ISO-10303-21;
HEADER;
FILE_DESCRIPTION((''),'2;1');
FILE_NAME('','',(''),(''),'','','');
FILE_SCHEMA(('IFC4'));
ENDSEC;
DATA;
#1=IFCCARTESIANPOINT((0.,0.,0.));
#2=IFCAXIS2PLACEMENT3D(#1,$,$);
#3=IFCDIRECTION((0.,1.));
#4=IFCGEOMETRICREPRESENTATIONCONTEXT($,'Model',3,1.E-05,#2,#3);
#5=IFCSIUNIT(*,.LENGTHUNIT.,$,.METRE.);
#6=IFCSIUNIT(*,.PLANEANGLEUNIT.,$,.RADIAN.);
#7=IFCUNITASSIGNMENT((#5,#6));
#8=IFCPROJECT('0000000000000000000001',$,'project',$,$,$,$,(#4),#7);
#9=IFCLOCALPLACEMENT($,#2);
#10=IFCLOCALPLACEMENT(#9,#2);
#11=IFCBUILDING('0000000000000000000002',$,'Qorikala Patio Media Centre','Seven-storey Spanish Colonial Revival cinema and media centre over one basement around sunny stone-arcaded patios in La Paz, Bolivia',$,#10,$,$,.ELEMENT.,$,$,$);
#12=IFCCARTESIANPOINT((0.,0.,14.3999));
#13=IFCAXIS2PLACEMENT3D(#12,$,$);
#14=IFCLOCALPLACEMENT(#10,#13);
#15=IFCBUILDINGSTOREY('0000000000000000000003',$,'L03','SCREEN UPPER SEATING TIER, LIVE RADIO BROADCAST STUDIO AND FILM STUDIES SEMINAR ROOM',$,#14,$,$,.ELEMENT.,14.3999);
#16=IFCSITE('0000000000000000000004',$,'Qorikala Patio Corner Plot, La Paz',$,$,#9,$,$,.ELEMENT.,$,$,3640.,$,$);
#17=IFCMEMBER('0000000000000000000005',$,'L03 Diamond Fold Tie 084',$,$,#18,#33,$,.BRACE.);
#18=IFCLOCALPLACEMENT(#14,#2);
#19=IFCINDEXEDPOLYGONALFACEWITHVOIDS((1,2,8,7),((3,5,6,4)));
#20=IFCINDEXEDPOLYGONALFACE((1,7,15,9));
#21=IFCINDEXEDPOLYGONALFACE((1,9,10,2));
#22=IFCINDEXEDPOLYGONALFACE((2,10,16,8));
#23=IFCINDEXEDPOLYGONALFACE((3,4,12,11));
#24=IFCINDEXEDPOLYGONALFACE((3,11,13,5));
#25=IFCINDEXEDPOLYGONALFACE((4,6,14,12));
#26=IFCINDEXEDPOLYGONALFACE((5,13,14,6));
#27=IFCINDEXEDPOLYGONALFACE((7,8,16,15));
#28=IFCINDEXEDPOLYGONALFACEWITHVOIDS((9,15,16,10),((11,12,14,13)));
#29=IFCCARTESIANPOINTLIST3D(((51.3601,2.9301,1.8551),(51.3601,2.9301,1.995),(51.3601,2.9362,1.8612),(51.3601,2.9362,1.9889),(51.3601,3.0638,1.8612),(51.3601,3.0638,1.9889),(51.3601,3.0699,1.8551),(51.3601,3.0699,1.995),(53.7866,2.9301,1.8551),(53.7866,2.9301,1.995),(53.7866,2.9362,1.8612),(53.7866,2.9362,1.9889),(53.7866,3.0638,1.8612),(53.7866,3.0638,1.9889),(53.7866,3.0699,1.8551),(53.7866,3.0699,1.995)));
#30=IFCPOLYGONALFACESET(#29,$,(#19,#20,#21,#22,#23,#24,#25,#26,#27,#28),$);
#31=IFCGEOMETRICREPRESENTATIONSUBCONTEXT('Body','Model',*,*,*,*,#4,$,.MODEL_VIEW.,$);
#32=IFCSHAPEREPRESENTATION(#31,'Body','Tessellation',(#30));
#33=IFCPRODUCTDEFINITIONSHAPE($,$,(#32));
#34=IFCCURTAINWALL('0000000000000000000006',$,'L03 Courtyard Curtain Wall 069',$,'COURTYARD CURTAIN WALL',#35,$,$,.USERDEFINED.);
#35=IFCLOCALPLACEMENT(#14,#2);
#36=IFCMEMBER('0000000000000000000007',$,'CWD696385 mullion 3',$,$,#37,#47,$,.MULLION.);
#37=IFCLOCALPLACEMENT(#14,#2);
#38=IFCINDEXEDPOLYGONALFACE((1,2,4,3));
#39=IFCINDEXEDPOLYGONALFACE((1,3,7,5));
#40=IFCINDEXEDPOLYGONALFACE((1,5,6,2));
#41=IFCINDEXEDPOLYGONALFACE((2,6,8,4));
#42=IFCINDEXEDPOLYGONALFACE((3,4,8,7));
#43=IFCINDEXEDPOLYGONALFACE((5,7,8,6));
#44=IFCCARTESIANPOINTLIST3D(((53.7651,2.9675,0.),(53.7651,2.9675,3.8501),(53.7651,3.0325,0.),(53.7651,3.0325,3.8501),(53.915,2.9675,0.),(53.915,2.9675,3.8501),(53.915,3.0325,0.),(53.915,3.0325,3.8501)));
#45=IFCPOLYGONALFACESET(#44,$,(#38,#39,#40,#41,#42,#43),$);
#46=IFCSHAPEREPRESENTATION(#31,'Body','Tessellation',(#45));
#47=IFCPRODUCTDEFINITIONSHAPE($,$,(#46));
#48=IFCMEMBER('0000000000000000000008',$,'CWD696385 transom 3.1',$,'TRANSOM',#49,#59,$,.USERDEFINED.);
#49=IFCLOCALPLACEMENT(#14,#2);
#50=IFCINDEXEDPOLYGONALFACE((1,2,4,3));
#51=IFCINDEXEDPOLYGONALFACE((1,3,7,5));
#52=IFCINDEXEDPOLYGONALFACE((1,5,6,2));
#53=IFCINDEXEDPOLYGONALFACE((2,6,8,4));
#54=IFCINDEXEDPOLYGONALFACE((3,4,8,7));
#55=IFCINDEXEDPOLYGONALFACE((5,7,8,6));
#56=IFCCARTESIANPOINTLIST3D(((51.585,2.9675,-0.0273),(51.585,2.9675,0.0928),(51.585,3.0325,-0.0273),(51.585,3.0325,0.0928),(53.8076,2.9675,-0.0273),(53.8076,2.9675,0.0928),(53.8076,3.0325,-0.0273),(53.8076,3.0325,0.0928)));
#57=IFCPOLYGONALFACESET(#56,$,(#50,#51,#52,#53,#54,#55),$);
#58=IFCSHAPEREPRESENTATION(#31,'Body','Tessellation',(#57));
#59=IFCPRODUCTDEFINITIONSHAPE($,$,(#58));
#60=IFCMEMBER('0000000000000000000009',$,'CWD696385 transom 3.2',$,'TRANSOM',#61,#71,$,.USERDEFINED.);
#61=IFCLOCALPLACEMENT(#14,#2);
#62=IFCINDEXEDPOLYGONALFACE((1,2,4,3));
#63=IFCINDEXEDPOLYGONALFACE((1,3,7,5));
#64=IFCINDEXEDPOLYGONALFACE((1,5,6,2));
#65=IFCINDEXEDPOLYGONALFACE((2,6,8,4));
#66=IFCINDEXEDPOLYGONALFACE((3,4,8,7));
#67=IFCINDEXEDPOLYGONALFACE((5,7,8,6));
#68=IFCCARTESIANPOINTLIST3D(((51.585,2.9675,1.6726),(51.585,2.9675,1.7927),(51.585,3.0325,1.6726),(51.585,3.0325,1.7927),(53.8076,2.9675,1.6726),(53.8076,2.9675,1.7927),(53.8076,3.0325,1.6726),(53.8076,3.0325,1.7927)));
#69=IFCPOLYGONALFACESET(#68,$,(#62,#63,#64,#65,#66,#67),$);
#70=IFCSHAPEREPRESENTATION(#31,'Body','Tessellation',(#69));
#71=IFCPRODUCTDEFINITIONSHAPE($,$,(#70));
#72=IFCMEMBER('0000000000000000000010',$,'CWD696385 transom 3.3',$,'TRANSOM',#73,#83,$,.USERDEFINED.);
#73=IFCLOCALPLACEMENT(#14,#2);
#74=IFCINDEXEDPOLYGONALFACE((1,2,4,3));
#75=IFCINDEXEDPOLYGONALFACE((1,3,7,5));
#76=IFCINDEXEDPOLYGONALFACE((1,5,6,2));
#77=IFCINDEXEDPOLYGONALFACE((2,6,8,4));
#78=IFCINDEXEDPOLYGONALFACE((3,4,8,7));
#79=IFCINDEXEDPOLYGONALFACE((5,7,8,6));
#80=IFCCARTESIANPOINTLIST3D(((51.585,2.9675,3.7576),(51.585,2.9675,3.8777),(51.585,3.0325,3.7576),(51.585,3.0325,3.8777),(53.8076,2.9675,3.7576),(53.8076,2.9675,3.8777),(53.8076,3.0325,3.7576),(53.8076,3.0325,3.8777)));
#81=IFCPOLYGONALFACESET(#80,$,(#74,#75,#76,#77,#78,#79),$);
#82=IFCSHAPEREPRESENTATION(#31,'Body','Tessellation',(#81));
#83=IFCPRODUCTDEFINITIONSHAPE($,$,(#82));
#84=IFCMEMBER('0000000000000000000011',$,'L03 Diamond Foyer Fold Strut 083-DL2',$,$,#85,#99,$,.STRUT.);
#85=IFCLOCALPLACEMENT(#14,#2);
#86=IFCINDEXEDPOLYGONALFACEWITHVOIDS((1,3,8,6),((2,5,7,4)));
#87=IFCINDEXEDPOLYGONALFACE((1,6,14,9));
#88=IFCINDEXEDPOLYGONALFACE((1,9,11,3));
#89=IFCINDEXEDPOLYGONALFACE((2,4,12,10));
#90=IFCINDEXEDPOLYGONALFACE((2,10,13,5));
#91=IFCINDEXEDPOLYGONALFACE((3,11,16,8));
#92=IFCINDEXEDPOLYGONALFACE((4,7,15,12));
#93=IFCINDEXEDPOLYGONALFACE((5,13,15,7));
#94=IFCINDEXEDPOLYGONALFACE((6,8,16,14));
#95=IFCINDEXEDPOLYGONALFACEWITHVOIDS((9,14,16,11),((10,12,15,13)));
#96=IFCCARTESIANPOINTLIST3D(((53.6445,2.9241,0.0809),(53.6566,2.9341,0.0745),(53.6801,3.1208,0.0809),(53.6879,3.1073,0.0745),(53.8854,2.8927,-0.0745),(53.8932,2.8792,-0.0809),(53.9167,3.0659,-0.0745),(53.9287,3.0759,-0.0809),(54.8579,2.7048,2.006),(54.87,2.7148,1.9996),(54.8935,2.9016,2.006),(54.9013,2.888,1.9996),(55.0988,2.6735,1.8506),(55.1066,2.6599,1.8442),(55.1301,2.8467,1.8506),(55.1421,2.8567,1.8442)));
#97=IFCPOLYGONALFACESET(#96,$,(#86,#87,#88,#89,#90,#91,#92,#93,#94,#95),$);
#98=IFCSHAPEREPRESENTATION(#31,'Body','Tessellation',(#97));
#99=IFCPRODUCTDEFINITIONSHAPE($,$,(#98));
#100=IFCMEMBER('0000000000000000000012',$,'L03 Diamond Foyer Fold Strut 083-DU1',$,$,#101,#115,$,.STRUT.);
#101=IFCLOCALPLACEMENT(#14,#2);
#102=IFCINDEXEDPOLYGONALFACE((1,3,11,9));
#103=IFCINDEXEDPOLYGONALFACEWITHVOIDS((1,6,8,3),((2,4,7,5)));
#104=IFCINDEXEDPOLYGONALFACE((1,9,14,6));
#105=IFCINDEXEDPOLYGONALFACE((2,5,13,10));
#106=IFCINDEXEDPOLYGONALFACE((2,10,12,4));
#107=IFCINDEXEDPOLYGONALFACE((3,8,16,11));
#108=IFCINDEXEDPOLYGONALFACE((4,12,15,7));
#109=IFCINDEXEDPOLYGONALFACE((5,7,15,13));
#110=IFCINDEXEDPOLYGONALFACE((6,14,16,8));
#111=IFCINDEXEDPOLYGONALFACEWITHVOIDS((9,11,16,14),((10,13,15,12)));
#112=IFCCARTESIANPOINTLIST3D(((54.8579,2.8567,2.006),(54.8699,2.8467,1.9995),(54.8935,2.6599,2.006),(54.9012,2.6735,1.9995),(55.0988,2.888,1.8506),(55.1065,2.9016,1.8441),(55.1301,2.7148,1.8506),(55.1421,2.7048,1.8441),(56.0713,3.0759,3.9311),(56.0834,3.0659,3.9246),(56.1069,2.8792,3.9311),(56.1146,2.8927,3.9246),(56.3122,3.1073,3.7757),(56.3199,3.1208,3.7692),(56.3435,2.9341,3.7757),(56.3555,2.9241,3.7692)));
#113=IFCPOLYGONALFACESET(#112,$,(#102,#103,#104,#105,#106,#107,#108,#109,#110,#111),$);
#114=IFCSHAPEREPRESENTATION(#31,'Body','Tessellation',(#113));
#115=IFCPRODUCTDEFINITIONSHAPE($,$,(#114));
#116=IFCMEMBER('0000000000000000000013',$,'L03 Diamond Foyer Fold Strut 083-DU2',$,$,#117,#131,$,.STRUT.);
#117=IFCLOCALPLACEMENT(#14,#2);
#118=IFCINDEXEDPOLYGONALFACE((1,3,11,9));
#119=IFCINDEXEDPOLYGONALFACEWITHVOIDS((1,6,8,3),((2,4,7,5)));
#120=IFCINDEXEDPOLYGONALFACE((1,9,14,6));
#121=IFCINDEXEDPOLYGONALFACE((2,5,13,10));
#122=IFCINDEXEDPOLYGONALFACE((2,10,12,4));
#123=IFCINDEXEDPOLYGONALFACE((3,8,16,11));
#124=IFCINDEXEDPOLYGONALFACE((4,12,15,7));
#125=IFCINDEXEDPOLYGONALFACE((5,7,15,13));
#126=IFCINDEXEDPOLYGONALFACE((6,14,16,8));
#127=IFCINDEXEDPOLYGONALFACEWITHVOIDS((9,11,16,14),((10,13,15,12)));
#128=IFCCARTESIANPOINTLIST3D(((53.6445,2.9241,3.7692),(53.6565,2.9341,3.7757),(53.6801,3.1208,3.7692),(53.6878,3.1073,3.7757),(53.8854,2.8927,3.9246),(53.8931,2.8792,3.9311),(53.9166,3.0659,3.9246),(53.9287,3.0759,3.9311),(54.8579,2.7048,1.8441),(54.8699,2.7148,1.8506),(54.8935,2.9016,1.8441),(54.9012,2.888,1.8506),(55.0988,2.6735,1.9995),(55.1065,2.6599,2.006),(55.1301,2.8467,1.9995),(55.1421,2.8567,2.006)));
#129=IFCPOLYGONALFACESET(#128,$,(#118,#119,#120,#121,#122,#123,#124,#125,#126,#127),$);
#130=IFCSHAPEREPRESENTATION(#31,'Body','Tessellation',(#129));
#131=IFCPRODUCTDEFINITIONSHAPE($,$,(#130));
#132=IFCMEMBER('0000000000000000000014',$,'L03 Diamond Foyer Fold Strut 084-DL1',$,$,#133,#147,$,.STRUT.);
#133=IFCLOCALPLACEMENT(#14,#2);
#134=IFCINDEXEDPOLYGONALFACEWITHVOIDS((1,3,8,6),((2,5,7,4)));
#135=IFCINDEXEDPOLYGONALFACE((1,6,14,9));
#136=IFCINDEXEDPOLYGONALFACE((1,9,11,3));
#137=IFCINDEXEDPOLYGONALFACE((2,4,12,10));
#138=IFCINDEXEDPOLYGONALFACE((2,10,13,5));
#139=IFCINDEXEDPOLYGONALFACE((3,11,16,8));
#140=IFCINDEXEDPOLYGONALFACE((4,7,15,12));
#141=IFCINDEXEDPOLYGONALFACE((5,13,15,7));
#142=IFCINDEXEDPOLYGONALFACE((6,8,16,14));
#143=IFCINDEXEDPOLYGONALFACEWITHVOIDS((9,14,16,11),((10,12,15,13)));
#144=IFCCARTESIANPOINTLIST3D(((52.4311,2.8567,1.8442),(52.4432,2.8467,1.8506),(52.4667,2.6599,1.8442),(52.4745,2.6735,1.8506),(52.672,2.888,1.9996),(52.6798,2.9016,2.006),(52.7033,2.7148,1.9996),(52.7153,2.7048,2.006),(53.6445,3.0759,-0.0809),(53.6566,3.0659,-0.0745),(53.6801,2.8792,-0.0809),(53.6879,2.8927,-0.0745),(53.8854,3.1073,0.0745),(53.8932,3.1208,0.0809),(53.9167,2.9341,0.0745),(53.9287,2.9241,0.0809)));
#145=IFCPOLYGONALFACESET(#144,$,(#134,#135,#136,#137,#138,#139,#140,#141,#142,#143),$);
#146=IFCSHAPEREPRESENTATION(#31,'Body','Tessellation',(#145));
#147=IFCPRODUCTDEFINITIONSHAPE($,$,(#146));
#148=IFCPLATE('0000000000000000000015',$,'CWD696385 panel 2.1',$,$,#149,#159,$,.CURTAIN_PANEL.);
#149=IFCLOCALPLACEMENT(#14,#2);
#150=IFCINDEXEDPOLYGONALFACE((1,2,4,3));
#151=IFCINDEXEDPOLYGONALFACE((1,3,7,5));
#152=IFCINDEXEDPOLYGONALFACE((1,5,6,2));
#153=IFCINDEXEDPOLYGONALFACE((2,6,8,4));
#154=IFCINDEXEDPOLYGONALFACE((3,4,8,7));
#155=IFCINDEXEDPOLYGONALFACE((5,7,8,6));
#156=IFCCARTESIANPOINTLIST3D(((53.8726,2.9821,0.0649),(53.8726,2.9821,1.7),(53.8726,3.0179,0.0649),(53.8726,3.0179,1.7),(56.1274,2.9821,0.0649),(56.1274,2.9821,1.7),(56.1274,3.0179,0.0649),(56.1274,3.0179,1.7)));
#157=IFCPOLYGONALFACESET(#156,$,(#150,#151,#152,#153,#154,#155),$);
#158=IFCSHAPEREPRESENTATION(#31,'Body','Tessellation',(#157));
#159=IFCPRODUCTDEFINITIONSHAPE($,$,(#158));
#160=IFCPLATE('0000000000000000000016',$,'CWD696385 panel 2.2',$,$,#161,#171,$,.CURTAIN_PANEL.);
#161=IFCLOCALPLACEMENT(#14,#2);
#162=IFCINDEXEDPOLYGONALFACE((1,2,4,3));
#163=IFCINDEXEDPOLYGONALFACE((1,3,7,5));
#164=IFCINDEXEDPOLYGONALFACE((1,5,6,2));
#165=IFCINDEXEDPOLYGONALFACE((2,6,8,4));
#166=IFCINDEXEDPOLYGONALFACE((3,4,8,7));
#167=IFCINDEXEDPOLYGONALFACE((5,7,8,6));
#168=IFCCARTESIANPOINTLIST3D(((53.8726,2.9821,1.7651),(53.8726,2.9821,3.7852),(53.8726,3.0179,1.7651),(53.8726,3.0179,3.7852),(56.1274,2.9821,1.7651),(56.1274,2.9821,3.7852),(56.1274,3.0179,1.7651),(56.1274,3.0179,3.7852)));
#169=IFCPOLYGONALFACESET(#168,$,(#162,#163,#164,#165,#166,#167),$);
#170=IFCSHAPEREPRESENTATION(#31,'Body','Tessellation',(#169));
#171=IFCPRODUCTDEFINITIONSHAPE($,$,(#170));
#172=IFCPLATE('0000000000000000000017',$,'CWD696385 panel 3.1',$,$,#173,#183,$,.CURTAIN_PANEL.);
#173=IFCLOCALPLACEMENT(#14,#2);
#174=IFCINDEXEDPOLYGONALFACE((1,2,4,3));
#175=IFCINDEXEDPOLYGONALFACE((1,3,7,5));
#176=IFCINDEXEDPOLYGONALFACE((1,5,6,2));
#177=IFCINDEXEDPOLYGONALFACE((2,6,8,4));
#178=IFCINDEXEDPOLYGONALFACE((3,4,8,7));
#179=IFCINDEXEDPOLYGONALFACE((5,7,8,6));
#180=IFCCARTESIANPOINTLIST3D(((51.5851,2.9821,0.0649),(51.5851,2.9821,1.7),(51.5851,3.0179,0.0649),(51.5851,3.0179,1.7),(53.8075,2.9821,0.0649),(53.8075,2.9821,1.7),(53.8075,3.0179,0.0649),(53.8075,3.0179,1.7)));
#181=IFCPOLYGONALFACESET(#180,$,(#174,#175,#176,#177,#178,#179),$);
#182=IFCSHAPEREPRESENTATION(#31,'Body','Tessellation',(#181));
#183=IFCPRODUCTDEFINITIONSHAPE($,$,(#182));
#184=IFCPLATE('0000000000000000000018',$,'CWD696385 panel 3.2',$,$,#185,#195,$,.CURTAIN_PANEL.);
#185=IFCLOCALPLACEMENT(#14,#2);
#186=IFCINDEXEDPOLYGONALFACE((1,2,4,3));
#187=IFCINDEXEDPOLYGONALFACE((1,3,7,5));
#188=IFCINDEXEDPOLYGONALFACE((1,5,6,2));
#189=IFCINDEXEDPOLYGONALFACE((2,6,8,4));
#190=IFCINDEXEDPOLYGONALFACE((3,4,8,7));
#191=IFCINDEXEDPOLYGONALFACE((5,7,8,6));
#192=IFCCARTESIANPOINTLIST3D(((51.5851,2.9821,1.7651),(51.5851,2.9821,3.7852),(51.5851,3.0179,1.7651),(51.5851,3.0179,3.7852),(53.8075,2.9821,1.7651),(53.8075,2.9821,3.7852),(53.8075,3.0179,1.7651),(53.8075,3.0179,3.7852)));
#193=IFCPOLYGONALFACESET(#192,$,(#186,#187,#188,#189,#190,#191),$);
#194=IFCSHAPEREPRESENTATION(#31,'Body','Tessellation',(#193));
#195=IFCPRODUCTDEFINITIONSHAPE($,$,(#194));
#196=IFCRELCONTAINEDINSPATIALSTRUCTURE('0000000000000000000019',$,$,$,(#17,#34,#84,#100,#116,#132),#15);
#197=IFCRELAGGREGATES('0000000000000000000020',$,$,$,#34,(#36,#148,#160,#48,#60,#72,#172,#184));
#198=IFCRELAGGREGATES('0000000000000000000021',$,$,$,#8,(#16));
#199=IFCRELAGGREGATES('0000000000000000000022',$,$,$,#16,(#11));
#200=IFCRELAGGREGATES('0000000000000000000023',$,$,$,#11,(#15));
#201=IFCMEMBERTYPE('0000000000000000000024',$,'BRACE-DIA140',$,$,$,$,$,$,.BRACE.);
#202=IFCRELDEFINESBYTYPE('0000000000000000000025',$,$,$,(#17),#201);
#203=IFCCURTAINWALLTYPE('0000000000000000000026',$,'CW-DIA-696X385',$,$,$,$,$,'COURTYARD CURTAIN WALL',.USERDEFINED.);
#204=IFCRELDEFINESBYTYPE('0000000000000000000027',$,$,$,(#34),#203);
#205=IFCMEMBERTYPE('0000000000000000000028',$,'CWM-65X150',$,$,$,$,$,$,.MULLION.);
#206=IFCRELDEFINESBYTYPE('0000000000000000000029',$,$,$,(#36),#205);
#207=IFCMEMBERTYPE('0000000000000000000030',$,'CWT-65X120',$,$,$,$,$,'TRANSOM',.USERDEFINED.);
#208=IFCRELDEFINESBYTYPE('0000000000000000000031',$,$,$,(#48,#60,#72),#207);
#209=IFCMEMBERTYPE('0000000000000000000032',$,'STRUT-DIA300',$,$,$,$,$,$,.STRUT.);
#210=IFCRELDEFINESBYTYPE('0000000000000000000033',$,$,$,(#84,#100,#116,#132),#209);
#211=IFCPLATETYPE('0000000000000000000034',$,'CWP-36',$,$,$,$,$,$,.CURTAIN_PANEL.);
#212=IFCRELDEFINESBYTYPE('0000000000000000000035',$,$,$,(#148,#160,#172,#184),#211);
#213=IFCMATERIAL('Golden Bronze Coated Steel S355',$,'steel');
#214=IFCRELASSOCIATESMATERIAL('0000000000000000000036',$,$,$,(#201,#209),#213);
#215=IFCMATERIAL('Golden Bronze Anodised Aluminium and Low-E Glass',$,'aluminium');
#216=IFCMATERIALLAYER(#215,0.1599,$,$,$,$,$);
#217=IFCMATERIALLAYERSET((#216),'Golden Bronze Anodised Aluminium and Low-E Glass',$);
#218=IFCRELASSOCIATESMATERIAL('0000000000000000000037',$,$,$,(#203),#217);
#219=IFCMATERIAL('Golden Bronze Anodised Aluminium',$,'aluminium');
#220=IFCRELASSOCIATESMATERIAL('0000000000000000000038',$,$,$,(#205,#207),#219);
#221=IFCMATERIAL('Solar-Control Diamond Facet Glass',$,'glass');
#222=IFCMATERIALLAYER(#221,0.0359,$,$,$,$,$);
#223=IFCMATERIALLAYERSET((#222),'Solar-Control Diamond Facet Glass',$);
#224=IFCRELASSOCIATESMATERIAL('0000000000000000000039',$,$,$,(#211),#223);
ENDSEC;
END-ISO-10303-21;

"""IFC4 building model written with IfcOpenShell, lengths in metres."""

from ifc_helpers import new_model, si_unit, direction, frame, origin, origin_2d, place, context, subcontext, project, spatial, rectangle, hollow_rectangle, extrude, material, layer, layer_set, material_profile, profile_set, type_object, element, aggregate, save


model = new_model("IFC4")

# Units and contexts
model_context = context("Model", 3, precision=1e-05, world=origin(), true_north=direction((0.0, 1.0)))
body_context = subcontext(model_context, "Body", "Model", "MODEL_VIEW")
ifc_project = project(units=[si_unit("LENGTHUNIT", "METRE"), si_unit("PLANEANGLEUNIT", "RADIAN")], contexts=[model_context])

# Site, building, storey
site_placement = place(None, origin())
site = spatial("IfcSite", under=ifc_project, at=site_placement, Name="Qorikala Patio Corner Plot, La Paz", CompositionType="ELEMENT", RefElevation=3640.0)
building_placement = place(site_placement, origin())
building = spatial("IfcBuilding", under=site, at=building_placement, Name="Qorikala Patio Media Centre", Description="Seven-storey Spanish Colonial Revival cinema and media centre over one basement around sunny stone-arcaded patios in La Paz, Bolivia", CompositionType="ELEMENT")
storey_placement = place(building_placement, frame((0.0, 0.0, 14.3999)))
storey = spatial("IfcBuildingStorey", under=building, at=storey_placement, Name="L03", Description="SCREEN UPPER SEATING TIER, LIVE RADIO BROADCAST STUDIO AND FILM STUDIES SEMINAR ROOM", CompositionType="ELEMENT", Elevation=14.3999)

# Member
ifc_material_1 = material(Name="Golden Bronze Coated Steel S355", Category="steel")
ifc_material_profile_1 = material_profile(ifc_material_1, hollow_rectangle(XDim=0.1399, YDim=0.1399, WallThickness=0.0061, at=origin_2d()), Name="HSS140X140X6")
ifc_profile_set_1 = profile_set([ifc_material_profile_1], Name="Golden Bronze Coated Steel S355")
member_type_1 = type_object("IfcMemberType", Name="BRACE-DIA140", PredefinedType="BRACE", material=ifc_profile_set_1)
member_1_placement = place(storey_placement, frame((53.7866, 3.0, 1.925), z_axis=(-1.0, 0.0, 0.0), x_axis=(0.0, -1.0, 0.0)))
element("IfcMember", 1, at=member_1_placement, inside=storey, type_object=member_type_1, Name="L03 Diamond Fold Tie 084", PredefinedType="BRACE", context=body_context, shape_type="SweptSolid", body=[
    extrude(hollow_rectangle(XDim=0.1399, YDim=0.1399, WallThickness=0.0061, at=origin_2d()), origin(), (0.0, 0.0, 1.0), 2.4265),
])

# Curtain wall, members
ifc_material_2 = material(Name="Golden Bronze Anodised Aluminium and Low-E Glass", Category="aluminium")
ifc_layer_1 = layer(ifc_material_2, 0.1599)
ifc_layer_set_1 = layer_set([ifc_layer_1], Name="Golden Bronze Anodised Aluminium and Low-E Glass")
curtain_wall_type = type_object("IfcCurtainWallType", Name="CW-DIA-696X385", ElementType="COURTYARD CURTAIN WALL", PredefinedType="USERDEFINED", material=ifc_layer_set_1)
curtain_wall_placement = place(storey_placement, origin())
curtain_wall = element("IfcCurtainWall", 2, at=curtain_wall_placement, inside=storey, type_object=curtain_wall_type, Name="L03 Courtyard Curtain Wall 069", ObjectType="COURTYARD CURTAIN WALL", PredefinedType="USERDEFINED")
ifc_material_3 = material(Name="Golden Bronze Anodised Aluminium", Category="aluminium")
ifc_material_profile_2 = material_profile(ifc_material_3, rectangle(XDim=0.0649, YDim=0.1499, at=origin_2d()), Name="ALU MULLION 65x150")
ifc_profile_set_2 = profile_set([ifc_material_profile_2], Name="Golden Bronze Anodised Aluminium")
member_type_2 = type_object("IfcMemberType", Name="CWM-65X150", PredefinedType="MULLION", material=ifc_profile_set_2)
member_2_placement = place(storey_placement, frame((53.8401, 3.0, 0.0), z_axis=(0.0, 0.0, 1.0), x_axis=(0.0, -1.0, 0.0)))
member_2 = element("IfcMember", 3, at=member_2_placement, type_object=member_type_2, Name="CWD696385 mullion 3", PredefinedType="MULLION", context=body_context, shape_type="SweptSolid", body=[
    extrude(rectangle(XDim=0.0649, YDim=0.1499, at=origin_2d()), origin(), (0.0, 0.0, 1.0), 3.8501),
])
ifc_material_profile_3 = material_profile(ifc_material_3, rectangle(XDim=0.0649, YDim=0.1201, at=origin_2d()), Name="ALU TRANSOM 65x120")
ifc_profile_set_3 = profile_set([ifc_material_profile_3], Name="Golden Bronze Anodised Aluminium")
member_type_3 = type_object("IfcMemberType", Name="CWT-65X120", ElementType="TRANSOM", PredefinedType="USERDEFINED", material=ifc_profile_set_3)
member_3_placement = place(storey_placement, frame((53.8076, 3.0, 0.0327), z_axis=(-1.0, 0.0, 0.0), x_axis=(0.0, -1.0, 0.0)))
member_3 = element("IfcMember", 4, at=member_3_placement, type_object=member_type_3, Name="CWD696385 transom 3.1", ObjectType="TRANSOM", PredefinedType="USERDEFINED", context=body_context, shape_type="SweptSolid", body=[
    extrude(rectangle(XDim=0.0649, YDim=0.1201, at=origin_2d()), origin(), (0.0, 0.0, 1.0), 2.2227),
])
member_4_placement = place(storey_placement, frame((53.8076, 3.0, 1.7327), z_axis=(-1.0, 0.0, 0.0), x_axis=(0.0, -1.0, 0.0)))
member_4 = element("IfcMember", 5, at=member_4_placement, type_object=member_type_3, Name="CWD696385 transom 3.2", ObjectType="TRANSOM", PredefinedType="USERDEFINED", context=body_context, shape_type="SweptSolid", body=[
    extrude(rectangle(XDim=0.0649, YDim=0.1201, at=origin_2d()), origin(), (0.0, 0.0, 1.0), 2.2227),
])
member_5_placement = place(storey_placement, frame((53.8076, 3.0, 3.8176), z_axis=(-1.0, 0.0, 0.0), x_axis=(0.0, -1.0, 0.0)))
member_5 = element("IfcMember", 6, at=member_5_placement, type_object=member_type_3, Name="CWD696385 transom 3.3", ObjectType="TRANSOM", PredefinedType="USERDEFINED", context=body_context, shape_type="SweptSolid", body=[
    extrude(rectangle(XDim=0.0649, YDim=0.1201, at=origin_2d()), origin(), (0.0, 0.0, 1.0), 2.2227),
])

# Members
ifc_material_profile_4 = material_profile(ifc_material_1, hollow_rectangle(XDim=0.2, YDim=0.3, WallThickness=0.012, at=origin_2d()), Name="HSS300X200X12")
ifc_profile_set_4 = profile_set([ifc_material_profile_4], Name="Golden Bronze Coated Steel S355")
member_type_4 = type_object("IfcMemberType", Name="STRUT-DIA300", PredefinedType="STRUT", material=ifc_profile_set_4)
for number, where, z_axis, x_axis, name in (
    (7, (53.7866, 3.0, 0.0), (0.530768, -0.095901, 0.842074), (0.177805, 0.984066, 0.0), "L03 Diamond Foyer Fold Strut 083-DL2"),
    (8, (55.0, 2.7808, 1.925), (0.530768, 0.095901, 0.842074), (-0.177805, 0.984066, 0.0), "L03 Diamond Foyer Fold Strut 083-DU1"),
    (9, (55.0, 2.7808, 1.925), (-0.530768, 0.095901, 0.842074), (-0.177805, -0.984066, 0.0), "L03 Diamond Foyer Fold Strut 083-DU2"),
    (10, (53.7866, 3.0, 0.0), (-0.530768, -0.095901, 0.842074), (0.177805, -0.984066, 0.0), "L03 Diamond Foyer Fold Strut 084-DL1"),
):
    element("IfcMember", number, at=place(storey_placement, frame(where, z_axis=z_axis, x_axis=x_axis)), inside=storey, type_object=member_type_4, Name=name, PredefinedType="STRUT", context=body_context, shape_type="SweptSolid", body=[
        extrude(hollow_rectangle(XDim=0.2, YDim=0.3, WallThickness=0.012, at=origin_2d()), origin(), (0.0, 0.0, 1.0), 2.2861),
    ])

# Plates
ifc_material_4 = material(Name="Solar-Control Diamond Facet Glass", Category="glass")
ifc_layer_2 = layer(ifc_material_4, 0.0359)
ifc_layer_set_2 = layer_set([ifc_layer_2], Name="Solar-Control Diamond Facet Glass")
plate_type_1 = type_object("IfcPlateType", Name="CWP-36", PredefinedType="CURTAIN_PANEL", material=ifc_layer_set_2)
plate_1_placement = place(storey_placement, frame((55.0, 3.0, 0.0649), z_axis=(0.0, 0.0, 1.0), x_axis=(-1.0, 0.0, 0.0)))
plate_1 = element("IfcPlate", 11, at=plate_1_placement, type_object=plate_type_1, Name="CWD696385 panel 2.1", PredefinedType="CURTAIN_PANEL", context=body_context, shape_type="SweptSolid", body=[
    extrude(rectangle(XDim=2.2549, YDim=0.0359, at=origin_2d()), origin(), (0.0, 0.0, 1.0), 1.635),
])
plate_2_placement = place(storey_placement, frame((55.0, 3.0, 1.7651), z_axis=(0.0, 0.0, 1.0), x_axis=(-1.0, 0.0, 0.0)))
plate_2 = element("IfcPlate", 12, at=plate_2_placement, type_object=plate_type_1, Name="CWD696385 panel 2.2", PredefinedType="CURTAIN_PANEL", context=body_context, shape_type="SweptSolid", body=[
    extrude(rectangle(XDim=2.2549, YDim=0.0359, at=origin_2d()), origin(), (0.0, 0.0, 1.0), 2.02),
])
plate_3_placement = place(storey_placement, frame((52.6963, 3.0, 0.0649), z_axis=(0.0, 0.0, 1.0), x_axis=(-1.0, 0.0, 0.0)))
plate_3 = element("IfcPlate", 13, at=plate_3_placement, type_object=plate_type_1, Name="CWD696385 panel 3.1", PredefinedType="CURTAIN_PANEL", context=body_context, shape_type="SweptSolid", body=[
    extrude(rectangle(XDim=2.2224, YDim=0.0359, at=origin_2d()), origin(), (0.0, 0.0, 1.0), 1.635),
])
plate_4_placement = place(storey_placement, frame((52.6963, 3.0, 1.7651), z_axis=(0.0, 0.0, 1.0), x_axis=(-1.0, 0.0, 0.0)))
plate_4 = element("IfcPlate", 14, at=plate_4_placement, type_object=plate_type_1, Name="CWD696385 panel 3.2", PredefinedType="CURTAIN_PANEL", context=body_context, shape_type="SweptSolid", body=[
    extrude(rectangle(XDim=2.2224, YDim=0.0359, at=origin_2d()), origin(), (0.0, 0.0, 1.0), 2.02),
])
aggregate(curtain_wall, [member_2, plate_1, plate_2, member_3, member_4, member_5, plate_3, plate_4])

save(model, "model.ifc")
